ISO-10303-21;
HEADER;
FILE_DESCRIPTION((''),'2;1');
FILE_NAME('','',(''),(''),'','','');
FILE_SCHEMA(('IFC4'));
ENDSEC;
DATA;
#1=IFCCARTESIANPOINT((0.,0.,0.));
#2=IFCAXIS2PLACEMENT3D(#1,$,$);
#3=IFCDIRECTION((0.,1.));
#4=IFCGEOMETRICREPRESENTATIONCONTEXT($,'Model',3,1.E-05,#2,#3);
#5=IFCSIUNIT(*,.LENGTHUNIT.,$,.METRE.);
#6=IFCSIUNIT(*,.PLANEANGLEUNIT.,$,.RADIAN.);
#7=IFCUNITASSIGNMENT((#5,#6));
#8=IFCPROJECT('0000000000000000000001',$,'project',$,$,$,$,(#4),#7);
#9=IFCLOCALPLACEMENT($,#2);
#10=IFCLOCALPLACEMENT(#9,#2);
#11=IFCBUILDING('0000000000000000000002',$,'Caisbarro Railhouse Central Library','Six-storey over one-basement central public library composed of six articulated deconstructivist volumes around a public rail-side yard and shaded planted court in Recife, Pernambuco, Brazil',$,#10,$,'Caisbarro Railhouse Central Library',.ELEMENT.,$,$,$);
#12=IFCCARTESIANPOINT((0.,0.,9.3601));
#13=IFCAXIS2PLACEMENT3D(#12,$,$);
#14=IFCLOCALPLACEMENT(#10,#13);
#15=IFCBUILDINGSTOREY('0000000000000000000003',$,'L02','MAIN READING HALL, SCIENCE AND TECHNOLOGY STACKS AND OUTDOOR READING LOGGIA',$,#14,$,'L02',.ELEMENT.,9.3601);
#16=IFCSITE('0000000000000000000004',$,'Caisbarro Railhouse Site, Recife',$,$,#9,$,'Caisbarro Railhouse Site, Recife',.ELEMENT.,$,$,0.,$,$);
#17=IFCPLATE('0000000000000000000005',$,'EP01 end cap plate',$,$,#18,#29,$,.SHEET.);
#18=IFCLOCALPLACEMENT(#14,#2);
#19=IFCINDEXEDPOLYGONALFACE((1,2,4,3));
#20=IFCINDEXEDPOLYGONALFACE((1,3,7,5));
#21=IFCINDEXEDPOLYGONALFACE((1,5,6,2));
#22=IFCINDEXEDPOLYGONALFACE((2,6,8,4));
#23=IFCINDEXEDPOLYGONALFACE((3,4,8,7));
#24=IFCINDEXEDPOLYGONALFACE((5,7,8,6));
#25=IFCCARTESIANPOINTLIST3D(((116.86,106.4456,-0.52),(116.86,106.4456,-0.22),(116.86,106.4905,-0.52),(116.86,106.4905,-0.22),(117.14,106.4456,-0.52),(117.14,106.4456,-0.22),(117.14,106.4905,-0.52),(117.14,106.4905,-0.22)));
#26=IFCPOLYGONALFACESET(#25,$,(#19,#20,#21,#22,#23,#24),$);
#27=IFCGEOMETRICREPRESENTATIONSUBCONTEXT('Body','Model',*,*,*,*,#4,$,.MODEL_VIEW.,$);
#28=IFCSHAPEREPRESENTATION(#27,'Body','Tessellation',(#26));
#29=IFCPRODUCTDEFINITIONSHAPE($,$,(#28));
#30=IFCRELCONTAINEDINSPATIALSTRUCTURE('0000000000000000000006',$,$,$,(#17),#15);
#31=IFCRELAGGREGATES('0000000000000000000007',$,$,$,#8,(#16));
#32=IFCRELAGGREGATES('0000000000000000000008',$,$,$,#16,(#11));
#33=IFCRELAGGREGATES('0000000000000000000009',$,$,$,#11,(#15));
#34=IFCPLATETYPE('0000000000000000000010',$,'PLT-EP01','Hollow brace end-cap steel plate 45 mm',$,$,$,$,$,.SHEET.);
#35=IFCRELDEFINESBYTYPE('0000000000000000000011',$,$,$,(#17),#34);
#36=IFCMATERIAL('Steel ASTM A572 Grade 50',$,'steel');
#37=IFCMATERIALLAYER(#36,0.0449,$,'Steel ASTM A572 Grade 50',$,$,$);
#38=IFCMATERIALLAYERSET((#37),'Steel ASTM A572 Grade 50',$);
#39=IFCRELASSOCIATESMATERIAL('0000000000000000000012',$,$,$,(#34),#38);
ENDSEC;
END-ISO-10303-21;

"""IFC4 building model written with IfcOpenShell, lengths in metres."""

from ifc_helpers import new_model, si_unit, direction, frame, origin, origin_2d, place, context, subcontext, project, spatial, rectangle, extrude, material, layer, layer_set, type_object, element, save


model = new_model("IFC4")

# Units and contexts
model_context = context("Model", 3, precision=1e-05, world=origin(), true_north=direction((0.0, 1.0)))
body_context = subcontext(model_context, "Body", "Model", "MODEL_VIEW")
ifc_project = project(units=[si_unit("LENGTHUNIT", "METRE"), si_unit("PLANEANGLEUNIT", "RADIAN")], contexts=[model_context])

# Site, building, storey
site_placement = place(None, origin())
site = spatial("IfcSite", under=ifc_project, at=site_placement, Name="Caisbarro Railhouse Site, Recife", LongName="Caisbarro Railhouse Site, Recife", CompositionType="ELEMENT", RefElevation=0.0)
building_placement = place(site_placement, origin())
building = spatial("IfcBuilding", under=site, at=building_placement, Name="Caisbarro Railhouse Central Library", Description="Six-storey over one-basement central public library composed of six articulated deconstructivist volumes around a public rail-side yard and shaded planted court in Recife, Pernambuco, Brazil", LongName="Caisbarro Railhouse Central Library", CompositionType="ELEMENT")
storey_placement = place(building_placement, frame((0.0, 0.0, 9.3601)))
storey = spatial("IfcBuildingStorey", under=building, at=storey_placement, Name="L02", Description="MAIN READING HALL, SCIENCE AND TECHNOLOGY STACKS AND OUTDOOR READING LOGGIA", LongName="L02", CompositionType="ELEMENT", Elevation=9.3601)

# Shared definitions
ifc_material_1 = material(Name="Steel ASTM A572 Grade 50", Category="steel")

# Plate
ifc_layer_1 = layer(ifc_material_1, 0.0449, Name="Steel ASTM A572 Grade 50")
ifc_layer_set_1 = layer_set([ifc_layer_1], Name="Steel ASTM A572 Grade 50")
plate_type_1 = type_object("IfcPlateType", Name="PLT-EP01", Description="Hollow brace end-cap steel plate 45 mm", PredefinedType="SHEET", material=ifc_layer_set_1)
plate_1_placement = place(storey_placement, frame((117.0, 106.468, -0.52), z_axis=(0.0, 0.0, 1.0), x_axis=(0.0, 1.0, 0.0)))
element("IfcPlate", 1, at=plate_1_placement, inside=storey, type_object=plate_type_1, Name="EP01 end cap plate", PredefinedType="SHEET", context=body_context, shape_type="SweptSolid", body=[
    extrude(rectangle(XDim=0.0449, YDim=0.28, at=origin_2d()), origin(), (0.0, 0.0, 1.0), 0.3),
])

save(model, "model.ifc")
